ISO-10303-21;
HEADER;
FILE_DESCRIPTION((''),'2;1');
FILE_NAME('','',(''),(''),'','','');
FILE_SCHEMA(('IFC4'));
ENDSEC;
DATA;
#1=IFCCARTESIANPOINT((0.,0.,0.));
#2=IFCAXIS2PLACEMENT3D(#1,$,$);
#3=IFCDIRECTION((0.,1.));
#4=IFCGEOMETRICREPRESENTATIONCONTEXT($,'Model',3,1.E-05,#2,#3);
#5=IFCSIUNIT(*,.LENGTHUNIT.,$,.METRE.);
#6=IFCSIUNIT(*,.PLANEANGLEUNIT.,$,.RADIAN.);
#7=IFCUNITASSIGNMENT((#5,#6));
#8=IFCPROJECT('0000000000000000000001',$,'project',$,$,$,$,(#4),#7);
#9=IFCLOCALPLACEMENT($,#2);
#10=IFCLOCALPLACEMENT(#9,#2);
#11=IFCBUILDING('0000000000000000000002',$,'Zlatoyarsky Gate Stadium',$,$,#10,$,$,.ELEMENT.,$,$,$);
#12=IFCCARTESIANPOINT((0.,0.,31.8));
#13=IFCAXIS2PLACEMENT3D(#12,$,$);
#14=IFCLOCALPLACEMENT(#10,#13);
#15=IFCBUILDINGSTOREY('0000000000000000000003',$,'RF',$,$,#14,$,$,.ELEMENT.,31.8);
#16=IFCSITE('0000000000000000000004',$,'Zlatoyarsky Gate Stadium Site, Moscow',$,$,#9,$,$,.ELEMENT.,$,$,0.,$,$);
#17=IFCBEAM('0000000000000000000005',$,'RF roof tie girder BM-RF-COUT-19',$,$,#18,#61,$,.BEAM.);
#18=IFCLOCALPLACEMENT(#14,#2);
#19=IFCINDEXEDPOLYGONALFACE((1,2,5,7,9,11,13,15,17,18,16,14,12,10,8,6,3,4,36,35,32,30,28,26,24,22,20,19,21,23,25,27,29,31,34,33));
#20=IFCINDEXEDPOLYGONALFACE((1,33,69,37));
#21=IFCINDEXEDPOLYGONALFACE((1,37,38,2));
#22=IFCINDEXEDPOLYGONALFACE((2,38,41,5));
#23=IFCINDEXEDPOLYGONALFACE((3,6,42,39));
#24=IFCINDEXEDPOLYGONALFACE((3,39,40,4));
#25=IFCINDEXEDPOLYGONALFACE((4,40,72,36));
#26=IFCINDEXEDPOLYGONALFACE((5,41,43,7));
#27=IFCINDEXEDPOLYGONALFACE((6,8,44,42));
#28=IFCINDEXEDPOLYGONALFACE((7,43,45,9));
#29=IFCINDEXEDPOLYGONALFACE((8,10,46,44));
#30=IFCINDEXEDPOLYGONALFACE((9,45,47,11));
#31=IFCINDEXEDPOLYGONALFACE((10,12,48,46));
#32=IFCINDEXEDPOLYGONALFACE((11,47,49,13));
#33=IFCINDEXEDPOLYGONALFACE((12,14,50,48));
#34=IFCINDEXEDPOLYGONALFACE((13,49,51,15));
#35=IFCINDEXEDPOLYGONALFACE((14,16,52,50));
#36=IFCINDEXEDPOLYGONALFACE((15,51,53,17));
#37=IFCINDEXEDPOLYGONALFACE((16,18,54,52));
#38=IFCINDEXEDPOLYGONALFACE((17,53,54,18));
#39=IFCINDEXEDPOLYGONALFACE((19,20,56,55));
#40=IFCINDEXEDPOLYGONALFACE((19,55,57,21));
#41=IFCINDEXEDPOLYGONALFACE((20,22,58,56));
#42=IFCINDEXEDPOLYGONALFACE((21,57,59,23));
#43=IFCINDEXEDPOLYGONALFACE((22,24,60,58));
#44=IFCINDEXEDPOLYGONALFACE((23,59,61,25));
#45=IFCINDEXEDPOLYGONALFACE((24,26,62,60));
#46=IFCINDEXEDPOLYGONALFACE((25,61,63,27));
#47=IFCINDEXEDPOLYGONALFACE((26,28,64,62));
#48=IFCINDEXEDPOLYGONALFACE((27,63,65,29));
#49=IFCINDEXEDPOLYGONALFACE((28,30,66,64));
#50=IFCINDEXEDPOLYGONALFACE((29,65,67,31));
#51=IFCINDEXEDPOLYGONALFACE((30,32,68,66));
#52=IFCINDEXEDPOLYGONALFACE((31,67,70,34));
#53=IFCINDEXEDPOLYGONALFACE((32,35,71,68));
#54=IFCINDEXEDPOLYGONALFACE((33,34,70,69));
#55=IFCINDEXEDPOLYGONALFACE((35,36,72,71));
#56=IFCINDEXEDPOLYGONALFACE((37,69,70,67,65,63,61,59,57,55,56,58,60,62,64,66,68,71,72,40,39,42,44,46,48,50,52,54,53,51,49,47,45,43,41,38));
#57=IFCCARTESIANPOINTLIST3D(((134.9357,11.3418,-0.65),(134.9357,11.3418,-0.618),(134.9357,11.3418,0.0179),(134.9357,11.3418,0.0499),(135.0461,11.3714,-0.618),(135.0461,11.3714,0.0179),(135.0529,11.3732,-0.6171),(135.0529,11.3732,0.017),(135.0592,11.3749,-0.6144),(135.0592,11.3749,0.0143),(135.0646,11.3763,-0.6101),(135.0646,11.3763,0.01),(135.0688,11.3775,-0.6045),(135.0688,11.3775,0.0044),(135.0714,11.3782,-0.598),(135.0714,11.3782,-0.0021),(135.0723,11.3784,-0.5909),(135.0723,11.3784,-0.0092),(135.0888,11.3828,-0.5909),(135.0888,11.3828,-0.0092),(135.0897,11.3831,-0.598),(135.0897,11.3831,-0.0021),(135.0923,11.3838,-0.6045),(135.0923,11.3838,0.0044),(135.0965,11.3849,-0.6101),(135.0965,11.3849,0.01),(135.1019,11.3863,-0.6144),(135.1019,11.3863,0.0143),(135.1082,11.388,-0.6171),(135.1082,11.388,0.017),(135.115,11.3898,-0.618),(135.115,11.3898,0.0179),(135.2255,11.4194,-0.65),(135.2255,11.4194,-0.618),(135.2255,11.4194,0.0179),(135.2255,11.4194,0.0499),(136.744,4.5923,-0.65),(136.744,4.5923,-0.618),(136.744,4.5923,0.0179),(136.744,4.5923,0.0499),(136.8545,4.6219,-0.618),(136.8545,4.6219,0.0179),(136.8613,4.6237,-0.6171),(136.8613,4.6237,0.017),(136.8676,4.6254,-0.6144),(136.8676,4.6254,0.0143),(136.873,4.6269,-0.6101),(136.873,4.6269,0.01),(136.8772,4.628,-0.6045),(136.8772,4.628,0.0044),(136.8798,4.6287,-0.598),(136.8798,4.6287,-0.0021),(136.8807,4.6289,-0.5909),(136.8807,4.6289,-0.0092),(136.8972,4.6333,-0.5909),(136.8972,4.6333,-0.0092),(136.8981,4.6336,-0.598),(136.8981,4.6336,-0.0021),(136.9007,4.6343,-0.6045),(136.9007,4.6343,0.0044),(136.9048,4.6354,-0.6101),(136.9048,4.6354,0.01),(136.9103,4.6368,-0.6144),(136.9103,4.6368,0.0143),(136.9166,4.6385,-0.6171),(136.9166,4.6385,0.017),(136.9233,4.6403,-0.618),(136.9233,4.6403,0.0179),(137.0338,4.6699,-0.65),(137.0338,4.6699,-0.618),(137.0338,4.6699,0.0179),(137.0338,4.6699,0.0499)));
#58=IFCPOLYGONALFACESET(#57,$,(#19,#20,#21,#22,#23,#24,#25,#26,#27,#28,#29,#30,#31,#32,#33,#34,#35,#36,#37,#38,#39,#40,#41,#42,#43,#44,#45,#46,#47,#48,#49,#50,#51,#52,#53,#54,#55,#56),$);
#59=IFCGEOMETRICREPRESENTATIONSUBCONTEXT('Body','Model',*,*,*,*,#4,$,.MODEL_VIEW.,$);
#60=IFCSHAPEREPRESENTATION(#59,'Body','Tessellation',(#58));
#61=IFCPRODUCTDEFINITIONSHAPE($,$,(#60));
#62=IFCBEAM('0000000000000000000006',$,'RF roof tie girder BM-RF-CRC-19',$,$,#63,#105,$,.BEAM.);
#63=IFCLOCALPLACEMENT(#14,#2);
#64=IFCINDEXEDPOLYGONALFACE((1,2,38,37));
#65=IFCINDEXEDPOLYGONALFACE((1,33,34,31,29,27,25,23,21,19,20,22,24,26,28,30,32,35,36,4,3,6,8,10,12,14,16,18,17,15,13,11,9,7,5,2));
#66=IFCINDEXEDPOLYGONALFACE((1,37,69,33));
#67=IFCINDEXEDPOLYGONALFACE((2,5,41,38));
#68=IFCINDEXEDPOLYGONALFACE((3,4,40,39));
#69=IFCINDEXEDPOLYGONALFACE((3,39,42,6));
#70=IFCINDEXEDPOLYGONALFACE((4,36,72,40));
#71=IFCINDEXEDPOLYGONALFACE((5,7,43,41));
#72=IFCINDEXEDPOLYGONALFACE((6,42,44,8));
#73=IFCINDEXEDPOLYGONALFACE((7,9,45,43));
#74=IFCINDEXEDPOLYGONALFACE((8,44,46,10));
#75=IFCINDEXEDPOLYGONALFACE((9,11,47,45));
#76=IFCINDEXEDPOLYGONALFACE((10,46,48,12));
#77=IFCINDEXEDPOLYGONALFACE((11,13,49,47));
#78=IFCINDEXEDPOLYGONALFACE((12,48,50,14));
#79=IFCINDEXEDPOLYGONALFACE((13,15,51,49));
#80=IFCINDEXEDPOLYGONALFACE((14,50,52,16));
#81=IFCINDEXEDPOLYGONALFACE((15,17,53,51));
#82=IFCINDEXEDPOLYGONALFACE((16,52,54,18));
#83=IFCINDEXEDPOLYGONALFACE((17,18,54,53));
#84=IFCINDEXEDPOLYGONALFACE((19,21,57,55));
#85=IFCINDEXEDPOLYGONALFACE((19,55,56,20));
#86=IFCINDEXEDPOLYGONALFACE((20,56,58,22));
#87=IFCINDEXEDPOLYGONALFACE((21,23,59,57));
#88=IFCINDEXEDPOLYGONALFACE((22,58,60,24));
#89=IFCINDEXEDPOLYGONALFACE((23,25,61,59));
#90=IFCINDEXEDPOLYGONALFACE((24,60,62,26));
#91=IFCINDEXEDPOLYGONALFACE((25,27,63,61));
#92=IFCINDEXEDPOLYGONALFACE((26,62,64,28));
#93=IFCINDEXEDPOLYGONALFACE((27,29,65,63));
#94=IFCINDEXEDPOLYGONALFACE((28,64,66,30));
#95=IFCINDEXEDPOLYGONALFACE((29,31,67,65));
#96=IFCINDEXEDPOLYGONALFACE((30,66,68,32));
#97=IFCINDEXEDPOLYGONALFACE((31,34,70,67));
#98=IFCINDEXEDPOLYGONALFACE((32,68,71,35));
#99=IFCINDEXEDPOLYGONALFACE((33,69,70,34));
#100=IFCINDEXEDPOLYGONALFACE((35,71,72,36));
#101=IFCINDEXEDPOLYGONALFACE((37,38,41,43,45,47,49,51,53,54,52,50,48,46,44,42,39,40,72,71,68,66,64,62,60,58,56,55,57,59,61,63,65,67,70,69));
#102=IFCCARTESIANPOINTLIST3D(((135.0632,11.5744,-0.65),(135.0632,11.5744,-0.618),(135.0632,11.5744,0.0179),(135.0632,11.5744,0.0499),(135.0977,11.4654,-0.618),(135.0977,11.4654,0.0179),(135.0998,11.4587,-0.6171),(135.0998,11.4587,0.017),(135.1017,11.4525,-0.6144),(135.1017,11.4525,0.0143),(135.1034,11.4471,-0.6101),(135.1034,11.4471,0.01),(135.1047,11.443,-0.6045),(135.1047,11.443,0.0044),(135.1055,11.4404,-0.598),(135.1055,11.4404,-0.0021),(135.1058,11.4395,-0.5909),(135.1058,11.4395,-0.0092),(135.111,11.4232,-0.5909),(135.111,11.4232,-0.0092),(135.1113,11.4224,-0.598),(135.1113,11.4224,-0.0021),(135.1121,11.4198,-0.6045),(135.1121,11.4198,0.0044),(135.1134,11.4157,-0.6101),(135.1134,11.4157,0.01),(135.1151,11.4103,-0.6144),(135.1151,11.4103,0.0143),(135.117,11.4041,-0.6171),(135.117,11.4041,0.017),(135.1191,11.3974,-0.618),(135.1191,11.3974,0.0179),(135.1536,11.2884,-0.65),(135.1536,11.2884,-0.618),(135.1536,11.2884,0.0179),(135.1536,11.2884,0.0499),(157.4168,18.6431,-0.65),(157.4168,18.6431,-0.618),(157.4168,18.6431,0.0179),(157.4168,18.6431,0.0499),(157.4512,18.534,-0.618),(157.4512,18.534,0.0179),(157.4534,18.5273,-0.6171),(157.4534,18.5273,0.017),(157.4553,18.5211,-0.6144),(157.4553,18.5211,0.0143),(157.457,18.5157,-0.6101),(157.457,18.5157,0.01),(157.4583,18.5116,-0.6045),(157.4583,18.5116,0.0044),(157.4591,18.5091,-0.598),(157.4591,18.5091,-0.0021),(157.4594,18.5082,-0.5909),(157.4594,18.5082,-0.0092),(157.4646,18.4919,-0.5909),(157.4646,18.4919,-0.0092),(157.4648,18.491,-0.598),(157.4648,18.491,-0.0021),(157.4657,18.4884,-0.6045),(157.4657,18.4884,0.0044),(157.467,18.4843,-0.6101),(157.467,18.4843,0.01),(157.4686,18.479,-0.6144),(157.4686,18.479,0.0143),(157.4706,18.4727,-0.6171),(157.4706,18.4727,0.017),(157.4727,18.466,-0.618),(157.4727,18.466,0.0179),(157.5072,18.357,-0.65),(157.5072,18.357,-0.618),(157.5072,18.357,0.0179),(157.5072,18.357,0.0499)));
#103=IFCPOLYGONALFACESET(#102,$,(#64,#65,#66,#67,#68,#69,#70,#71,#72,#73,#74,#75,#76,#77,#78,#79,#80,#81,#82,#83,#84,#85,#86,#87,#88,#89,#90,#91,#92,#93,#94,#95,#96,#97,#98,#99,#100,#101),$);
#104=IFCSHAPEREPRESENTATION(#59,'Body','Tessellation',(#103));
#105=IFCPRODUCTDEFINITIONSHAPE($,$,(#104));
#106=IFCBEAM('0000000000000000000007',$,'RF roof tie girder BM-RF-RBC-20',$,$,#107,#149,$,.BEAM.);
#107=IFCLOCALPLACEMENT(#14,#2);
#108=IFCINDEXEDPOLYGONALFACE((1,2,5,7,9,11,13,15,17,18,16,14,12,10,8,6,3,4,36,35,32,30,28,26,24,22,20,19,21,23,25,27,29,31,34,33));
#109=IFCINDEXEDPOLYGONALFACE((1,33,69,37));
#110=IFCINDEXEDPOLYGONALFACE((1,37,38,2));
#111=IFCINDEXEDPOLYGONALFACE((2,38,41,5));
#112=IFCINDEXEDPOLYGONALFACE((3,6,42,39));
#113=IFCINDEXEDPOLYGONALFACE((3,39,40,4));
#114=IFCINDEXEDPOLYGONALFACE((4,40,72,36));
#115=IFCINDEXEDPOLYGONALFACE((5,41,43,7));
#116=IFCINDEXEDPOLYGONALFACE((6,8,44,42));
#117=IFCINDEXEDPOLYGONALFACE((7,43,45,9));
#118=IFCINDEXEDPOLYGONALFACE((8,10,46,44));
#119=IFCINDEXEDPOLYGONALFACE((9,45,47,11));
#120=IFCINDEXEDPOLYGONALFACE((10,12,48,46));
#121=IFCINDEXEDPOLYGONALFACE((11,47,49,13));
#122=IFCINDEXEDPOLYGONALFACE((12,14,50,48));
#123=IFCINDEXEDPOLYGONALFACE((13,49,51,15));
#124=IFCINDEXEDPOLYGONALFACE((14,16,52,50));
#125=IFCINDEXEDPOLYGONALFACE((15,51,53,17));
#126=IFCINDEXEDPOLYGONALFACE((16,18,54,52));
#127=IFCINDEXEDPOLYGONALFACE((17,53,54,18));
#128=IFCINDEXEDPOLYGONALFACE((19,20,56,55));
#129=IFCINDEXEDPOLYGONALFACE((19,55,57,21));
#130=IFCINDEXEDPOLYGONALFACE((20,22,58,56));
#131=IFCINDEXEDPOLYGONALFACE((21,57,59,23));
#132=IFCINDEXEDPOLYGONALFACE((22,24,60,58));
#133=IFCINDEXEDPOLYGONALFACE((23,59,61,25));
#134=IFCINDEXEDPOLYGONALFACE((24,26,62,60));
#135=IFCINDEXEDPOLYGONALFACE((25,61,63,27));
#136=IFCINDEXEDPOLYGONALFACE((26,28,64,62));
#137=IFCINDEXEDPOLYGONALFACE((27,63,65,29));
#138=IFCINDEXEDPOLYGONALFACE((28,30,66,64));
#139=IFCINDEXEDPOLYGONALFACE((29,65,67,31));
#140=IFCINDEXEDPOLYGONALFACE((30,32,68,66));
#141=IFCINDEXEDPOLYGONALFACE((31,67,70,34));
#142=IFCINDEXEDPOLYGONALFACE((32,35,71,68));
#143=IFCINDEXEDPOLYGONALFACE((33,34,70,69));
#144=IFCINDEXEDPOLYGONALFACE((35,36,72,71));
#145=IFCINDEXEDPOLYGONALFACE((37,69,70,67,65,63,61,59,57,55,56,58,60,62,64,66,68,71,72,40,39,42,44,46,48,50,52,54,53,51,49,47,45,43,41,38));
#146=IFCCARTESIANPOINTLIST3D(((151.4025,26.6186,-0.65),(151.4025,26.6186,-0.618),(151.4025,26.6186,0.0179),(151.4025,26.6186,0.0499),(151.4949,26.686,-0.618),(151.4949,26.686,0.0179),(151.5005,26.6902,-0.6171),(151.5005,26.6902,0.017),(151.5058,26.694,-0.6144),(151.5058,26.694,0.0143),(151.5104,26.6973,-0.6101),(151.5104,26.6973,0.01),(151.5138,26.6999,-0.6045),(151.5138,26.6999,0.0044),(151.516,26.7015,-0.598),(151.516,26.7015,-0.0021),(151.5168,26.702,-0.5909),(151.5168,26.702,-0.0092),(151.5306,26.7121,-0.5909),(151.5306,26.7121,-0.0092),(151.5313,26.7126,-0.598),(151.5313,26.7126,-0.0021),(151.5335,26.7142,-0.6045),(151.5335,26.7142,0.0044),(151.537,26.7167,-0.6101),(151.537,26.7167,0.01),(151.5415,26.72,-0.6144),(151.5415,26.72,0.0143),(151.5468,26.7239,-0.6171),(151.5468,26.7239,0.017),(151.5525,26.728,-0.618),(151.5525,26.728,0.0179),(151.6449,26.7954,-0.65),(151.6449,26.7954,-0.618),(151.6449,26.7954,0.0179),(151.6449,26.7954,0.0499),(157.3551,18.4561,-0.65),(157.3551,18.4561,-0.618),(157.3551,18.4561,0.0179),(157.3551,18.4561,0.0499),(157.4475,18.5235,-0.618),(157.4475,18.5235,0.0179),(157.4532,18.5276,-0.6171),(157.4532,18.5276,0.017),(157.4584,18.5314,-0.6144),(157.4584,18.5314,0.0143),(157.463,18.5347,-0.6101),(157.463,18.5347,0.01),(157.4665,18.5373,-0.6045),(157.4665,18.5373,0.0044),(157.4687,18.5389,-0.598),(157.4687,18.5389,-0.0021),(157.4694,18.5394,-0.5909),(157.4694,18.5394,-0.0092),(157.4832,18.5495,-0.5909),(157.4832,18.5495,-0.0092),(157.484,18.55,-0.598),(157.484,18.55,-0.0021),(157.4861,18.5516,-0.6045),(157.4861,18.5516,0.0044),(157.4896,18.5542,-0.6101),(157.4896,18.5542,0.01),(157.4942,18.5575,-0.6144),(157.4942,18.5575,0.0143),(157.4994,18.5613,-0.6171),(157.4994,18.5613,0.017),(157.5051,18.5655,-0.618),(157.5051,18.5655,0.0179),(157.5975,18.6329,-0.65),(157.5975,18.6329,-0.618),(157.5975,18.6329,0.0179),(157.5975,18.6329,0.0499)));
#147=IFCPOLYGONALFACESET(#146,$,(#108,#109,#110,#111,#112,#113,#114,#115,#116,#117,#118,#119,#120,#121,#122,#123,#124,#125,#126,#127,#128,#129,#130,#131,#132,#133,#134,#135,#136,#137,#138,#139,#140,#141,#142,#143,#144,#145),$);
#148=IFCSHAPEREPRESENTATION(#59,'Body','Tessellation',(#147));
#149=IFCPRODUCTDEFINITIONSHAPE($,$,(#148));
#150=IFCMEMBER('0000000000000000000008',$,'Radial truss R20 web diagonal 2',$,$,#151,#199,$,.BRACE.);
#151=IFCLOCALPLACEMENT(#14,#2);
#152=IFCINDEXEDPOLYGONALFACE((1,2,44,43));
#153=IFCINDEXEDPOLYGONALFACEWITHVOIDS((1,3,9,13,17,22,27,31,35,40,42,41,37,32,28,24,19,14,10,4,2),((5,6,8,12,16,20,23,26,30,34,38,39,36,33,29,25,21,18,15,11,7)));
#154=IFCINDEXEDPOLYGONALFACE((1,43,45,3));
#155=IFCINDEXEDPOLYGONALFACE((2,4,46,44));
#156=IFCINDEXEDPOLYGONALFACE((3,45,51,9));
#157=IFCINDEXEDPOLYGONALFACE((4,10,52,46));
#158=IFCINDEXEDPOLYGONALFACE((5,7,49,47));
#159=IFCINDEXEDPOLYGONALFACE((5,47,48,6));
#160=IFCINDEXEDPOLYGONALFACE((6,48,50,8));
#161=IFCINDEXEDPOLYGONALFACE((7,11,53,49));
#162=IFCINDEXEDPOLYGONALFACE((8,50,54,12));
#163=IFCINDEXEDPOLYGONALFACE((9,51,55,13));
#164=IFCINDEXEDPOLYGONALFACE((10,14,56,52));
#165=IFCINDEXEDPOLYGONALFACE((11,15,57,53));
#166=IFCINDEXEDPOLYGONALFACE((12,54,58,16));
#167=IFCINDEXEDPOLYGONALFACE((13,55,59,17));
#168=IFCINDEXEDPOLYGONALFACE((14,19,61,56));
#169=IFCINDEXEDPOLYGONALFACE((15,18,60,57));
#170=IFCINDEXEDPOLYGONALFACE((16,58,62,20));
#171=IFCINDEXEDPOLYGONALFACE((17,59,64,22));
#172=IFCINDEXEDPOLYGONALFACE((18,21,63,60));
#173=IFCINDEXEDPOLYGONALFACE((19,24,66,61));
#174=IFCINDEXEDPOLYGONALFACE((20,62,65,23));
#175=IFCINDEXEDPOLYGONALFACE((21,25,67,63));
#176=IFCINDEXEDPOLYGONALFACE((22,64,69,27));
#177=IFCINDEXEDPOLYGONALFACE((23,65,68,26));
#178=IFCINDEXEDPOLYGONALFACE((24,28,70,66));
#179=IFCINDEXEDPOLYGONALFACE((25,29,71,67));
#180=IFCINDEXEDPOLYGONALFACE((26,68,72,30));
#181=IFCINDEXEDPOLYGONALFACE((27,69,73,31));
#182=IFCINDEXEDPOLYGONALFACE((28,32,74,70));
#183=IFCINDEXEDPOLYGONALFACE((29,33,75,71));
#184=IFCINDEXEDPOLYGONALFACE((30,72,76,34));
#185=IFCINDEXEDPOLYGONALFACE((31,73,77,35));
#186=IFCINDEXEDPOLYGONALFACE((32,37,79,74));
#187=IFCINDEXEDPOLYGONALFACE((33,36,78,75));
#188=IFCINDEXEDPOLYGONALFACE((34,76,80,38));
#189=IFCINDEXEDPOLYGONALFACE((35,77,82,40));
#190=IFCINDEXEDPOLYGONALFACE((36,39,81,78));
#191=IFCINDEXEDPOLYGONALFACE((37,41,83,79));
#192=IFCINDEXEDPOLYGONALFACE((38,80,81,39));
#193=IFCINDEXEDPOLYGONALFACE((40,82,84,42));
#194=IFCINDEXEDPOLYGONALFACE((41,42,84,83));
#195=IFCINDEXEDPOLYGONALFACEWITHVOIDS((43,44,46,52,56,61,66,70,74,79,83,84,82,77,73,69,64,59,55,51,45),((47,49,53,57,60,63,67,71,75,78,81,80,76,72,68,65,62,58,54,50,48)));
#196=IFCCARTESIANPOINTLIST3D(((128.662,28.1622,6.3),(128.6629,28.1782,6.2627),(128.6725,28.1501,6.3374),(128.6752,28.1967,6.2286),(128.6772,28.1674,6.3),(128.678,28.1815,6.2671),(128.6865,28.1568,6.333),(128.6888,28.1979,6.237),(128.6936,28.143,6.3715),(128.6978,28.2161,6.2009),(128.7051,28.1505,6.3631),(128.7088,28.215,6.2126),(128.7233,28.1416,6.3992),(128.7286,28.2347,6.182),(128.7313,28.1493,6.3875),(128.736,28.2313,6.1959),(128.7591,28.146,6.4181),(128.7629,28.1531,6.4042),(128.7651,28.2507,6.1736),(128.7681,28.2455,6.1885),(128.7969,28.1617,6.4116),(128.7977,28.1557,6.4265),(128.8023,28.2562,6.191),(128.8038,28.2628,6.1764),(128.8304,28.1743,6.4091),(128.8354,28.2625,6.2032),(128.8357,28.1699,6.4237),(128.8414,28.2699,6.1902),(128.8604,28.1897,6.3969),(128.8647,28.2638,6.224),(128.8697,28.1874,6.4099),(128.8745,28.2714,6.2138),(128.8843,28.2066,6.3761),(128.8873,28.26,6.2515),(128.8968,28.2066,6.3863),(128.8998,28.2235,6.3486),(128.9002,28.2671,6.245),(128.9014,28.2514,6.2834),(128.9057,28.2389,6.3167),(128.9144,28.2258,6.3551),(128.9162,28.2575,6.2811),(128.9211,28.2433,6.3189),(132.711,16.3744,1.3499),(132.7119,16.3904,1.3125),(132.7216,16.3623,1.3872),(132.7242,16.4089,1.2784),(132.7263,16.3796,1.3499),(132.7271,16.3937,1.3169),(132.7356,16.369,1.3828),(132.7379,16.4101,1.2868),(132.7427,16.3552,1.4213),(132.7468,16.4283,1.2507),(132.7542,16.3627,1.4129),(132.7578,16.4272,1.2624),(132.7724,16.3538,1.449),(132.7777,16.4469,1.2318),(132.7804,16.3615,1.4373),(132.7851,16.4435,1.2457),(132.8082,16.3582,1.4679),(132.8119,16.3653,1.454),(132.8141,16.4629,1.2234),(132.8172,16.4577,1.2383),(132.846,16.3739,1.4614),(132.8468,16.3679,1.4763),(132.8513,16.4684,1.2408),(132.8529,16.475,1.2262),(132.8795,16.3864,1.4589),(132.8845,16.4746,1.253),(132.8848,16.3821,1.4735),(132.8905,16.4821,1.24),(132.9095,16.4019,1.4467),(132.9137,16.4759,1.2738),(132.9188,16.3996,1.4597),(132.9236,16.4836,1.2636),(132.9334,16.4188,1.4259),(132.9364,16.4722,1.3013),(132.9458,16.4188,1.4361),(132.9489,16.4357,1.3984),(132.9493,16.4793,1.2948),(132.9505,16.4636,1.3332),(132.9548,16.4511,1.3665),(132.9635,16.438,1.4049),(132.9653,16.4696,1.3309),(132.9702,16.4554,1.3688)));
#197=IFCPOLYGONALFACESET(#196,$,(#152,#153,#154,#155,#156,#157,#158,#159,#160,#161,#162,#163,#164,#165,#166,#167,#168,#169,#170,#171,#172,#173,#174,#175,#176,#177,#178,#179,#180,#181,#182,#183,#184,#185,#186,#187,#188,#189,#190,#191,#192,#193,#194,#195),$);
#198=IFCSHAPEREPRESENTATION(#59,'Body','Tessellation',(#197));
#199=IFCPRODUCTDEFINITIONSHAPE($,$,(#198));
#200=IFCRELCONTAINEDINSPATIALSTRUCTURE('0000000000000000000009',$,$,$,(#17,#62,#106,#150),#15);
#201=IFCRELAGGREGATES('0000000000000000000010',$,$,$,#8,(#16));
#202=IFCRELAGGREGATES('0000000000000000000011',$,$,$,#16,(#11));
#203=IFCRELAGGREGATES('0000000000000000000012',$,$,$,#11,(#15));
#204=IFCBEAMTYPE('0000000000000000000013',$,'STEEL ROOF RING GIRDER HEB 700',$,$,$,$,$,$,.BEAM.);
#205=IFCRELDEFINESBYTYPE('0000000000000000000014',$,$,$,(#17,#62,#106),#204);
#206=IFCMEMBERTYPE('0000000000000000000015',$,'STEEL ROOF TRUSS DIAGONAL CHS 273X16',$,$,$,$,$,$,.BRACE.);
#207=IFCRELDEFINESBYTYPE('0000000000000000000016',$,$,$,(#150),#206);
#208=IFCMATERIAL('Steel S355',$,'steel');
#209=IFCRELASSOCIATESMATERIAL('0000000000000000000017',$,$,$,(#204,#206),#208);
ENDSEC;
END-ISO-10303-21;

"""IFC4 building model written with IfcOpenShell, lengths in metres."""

from ifc_helpers import new_model, si_unit, direction, frame, origin, origin_2d, place, context, subcontext, project, spatial, hollow_circle, i_section, extrude, material, material_profile, profile_set, type_object, element, save


model = new_model("IFC4")

# Units and contexts
model_context = context("Model", 3, precision=1e-05, world=origin(), true_north=direction((0.0, 1.0)))
body_context = subcontext(model_context, "Body", "Model", "MODEL_VIEW")
ifc_project = project(units=[si_unit("LENGTHUNIT", "METRE"), si_unit("PLANEANGLEUNIT", "RADIAN")], contexts=[model_context])

# Site, building, storey
site_placement = place(None, origin())
site = spatial("IfcSite", under=ifc_project, at=site_placement, Name="Zlatoyarsky Gate Stadium Site, Moscow", CompositionType="ELEMENT", RefElevation=0.0)
building_placement = place(site_placement, origin())
building = spatial("IfcBuilding", under=site, at=building_placement, Name="Zlatoyarsky Gate Stadium", CompositionType="ELEMENT")
storey_placement = place(building_placement, frame((0.0, 0.0, 31.8)))
storey = spatial("IfcBuildingStorey", under=building, at=storey_placement, Name="RF", CompositionType="ELEMENT", Elevation=31.8)

# Shared definitions
ifc_material_1 = material(Name="Steel S355", Category="steel")

# Beams
ifc_material_profile_1 = material_profile(ifc_material_1, i_section(OverallWidth=0.3, OverallDepth=0.7, WebThickness=0.0171, FlangeThickness=0.032, FilletRadius=0.0271, at=origin_2d()), Name="HEB 700")
ifc_profile_set_1 = profile_set([ifc_material_profile_1], Name="Steel S355")
beam_type = type_object("IfcBeamType", Name="STEEL ROOF RING GIRDER HEB 700", PredefinedType="BEAM", material=ifc_profile_set_1)
beam_1_placement = place(storey_placement, frame((135.0806, 11.3806, -0.3), z_axis=(0.258795, -0.965932, 0.0), x_axis=(0.965932, 0.258795, 0.0)))
element("IfcBeam", 1, at=beam_1_placement, inside=storey, type_object=beam_type, Name="RF roof tie girder BM-RF-COUT-19", PredefinedType="BEAM", context=body_context, shape_type="SweptSolid", body=[
    extrude(i_section(OverallWidth=0.3, OverallDepth=0.7, WebThickness=0.0171, FlangeThickness=0.032, FilletRadius=0.0271, at=origin_2d()), origin(), (0.0, 0.0, 1.0), 6.9875),
])
beam_2_placement = place(storey_placement, frame((135.1084, 11.4314, -0.3), z_axis=(0.953465, 0.301504, 0.0), x_axis=(-0.301504, 0.953465, 0.0)))
element("IfcBeam", 2, at=beam_2_placement, inside=storey, type_object=beam_type, Name="RF roof tie girder BM-RF-CRC-19", PredefinedType="BEAM", context=body_context, shape_type="SweptSolid", body=[
    extrude(i_section(OverallWidth=0.3, OverallDepth=0.7, WebThickness=0.0171, FlangeThickness=0.032, FilletRadius=0.0271, at=origin_2d()), origin(), (0.0, 0.0, 1.0), 23.4446),
])
beam_3_placement = place(storey_placement, frame((151.5237, 26.707, -0.3), z_axis=(0.58922, -0.807973, 0.0), x_axis=(0.807973, 0.58922, 0.0)))
element("IfcBeam", 3, at=beam_3_placement, inside=storey, type_object=beam_type, Name="RF roof tie girder BM-RF-RBC-20", PredefinedType="BEAM", context=body_context, shape_type="SweptSolid", body=[
    extrude(i_section(OverallWidth=0.3, OverallDepth=0.7, WebThickness=0.0171, FlangeThickness=0.032, FilletRadius=0.0271, at=origin_2d()), origin(), (0.0, 0.0, 1.0), 10.1025),
])

# Member
ifc_material_profile_2 = material_profile(ifc_material_1, hollow_circle(Radius=0.1365, WallThickness=0.0161, at=origin_2d()), Name="CHS 273X16")
ifc_profile_set_2 = profile_set([ifc_material_profile_2], Name="Steel S355")
member_type_1 = type_object("IfcMemberType", Name="STEEL ROOF TRUSS DIAGONAL CHS 273X16", PredefinedType="BRACE", material=ifc_profile_set_2)
member_1_placement = place(storey_placement, frame((132.8401, 16.4187, 1.3499), z_axis=(-0.301924, 0.878974, 0.369117), x_axis=(-0.945761, -0.324865, 0.0)))
element("IfcMember", 4, at=member_1_placement, inside=storey, type_object=member_type_1, Name="Radial truss R20 web diagonal 2", PredefinedType="BRACE", context=body_context, shape_type="SweptSolid", body=[
    extrude(hollow_circle(Radius=0.1365, WallThickness=0.0161, at=origin_2d()), origin(), (0.0, 0.0, 1.0), 13.4109),
])

save(model, "model.ifc")
